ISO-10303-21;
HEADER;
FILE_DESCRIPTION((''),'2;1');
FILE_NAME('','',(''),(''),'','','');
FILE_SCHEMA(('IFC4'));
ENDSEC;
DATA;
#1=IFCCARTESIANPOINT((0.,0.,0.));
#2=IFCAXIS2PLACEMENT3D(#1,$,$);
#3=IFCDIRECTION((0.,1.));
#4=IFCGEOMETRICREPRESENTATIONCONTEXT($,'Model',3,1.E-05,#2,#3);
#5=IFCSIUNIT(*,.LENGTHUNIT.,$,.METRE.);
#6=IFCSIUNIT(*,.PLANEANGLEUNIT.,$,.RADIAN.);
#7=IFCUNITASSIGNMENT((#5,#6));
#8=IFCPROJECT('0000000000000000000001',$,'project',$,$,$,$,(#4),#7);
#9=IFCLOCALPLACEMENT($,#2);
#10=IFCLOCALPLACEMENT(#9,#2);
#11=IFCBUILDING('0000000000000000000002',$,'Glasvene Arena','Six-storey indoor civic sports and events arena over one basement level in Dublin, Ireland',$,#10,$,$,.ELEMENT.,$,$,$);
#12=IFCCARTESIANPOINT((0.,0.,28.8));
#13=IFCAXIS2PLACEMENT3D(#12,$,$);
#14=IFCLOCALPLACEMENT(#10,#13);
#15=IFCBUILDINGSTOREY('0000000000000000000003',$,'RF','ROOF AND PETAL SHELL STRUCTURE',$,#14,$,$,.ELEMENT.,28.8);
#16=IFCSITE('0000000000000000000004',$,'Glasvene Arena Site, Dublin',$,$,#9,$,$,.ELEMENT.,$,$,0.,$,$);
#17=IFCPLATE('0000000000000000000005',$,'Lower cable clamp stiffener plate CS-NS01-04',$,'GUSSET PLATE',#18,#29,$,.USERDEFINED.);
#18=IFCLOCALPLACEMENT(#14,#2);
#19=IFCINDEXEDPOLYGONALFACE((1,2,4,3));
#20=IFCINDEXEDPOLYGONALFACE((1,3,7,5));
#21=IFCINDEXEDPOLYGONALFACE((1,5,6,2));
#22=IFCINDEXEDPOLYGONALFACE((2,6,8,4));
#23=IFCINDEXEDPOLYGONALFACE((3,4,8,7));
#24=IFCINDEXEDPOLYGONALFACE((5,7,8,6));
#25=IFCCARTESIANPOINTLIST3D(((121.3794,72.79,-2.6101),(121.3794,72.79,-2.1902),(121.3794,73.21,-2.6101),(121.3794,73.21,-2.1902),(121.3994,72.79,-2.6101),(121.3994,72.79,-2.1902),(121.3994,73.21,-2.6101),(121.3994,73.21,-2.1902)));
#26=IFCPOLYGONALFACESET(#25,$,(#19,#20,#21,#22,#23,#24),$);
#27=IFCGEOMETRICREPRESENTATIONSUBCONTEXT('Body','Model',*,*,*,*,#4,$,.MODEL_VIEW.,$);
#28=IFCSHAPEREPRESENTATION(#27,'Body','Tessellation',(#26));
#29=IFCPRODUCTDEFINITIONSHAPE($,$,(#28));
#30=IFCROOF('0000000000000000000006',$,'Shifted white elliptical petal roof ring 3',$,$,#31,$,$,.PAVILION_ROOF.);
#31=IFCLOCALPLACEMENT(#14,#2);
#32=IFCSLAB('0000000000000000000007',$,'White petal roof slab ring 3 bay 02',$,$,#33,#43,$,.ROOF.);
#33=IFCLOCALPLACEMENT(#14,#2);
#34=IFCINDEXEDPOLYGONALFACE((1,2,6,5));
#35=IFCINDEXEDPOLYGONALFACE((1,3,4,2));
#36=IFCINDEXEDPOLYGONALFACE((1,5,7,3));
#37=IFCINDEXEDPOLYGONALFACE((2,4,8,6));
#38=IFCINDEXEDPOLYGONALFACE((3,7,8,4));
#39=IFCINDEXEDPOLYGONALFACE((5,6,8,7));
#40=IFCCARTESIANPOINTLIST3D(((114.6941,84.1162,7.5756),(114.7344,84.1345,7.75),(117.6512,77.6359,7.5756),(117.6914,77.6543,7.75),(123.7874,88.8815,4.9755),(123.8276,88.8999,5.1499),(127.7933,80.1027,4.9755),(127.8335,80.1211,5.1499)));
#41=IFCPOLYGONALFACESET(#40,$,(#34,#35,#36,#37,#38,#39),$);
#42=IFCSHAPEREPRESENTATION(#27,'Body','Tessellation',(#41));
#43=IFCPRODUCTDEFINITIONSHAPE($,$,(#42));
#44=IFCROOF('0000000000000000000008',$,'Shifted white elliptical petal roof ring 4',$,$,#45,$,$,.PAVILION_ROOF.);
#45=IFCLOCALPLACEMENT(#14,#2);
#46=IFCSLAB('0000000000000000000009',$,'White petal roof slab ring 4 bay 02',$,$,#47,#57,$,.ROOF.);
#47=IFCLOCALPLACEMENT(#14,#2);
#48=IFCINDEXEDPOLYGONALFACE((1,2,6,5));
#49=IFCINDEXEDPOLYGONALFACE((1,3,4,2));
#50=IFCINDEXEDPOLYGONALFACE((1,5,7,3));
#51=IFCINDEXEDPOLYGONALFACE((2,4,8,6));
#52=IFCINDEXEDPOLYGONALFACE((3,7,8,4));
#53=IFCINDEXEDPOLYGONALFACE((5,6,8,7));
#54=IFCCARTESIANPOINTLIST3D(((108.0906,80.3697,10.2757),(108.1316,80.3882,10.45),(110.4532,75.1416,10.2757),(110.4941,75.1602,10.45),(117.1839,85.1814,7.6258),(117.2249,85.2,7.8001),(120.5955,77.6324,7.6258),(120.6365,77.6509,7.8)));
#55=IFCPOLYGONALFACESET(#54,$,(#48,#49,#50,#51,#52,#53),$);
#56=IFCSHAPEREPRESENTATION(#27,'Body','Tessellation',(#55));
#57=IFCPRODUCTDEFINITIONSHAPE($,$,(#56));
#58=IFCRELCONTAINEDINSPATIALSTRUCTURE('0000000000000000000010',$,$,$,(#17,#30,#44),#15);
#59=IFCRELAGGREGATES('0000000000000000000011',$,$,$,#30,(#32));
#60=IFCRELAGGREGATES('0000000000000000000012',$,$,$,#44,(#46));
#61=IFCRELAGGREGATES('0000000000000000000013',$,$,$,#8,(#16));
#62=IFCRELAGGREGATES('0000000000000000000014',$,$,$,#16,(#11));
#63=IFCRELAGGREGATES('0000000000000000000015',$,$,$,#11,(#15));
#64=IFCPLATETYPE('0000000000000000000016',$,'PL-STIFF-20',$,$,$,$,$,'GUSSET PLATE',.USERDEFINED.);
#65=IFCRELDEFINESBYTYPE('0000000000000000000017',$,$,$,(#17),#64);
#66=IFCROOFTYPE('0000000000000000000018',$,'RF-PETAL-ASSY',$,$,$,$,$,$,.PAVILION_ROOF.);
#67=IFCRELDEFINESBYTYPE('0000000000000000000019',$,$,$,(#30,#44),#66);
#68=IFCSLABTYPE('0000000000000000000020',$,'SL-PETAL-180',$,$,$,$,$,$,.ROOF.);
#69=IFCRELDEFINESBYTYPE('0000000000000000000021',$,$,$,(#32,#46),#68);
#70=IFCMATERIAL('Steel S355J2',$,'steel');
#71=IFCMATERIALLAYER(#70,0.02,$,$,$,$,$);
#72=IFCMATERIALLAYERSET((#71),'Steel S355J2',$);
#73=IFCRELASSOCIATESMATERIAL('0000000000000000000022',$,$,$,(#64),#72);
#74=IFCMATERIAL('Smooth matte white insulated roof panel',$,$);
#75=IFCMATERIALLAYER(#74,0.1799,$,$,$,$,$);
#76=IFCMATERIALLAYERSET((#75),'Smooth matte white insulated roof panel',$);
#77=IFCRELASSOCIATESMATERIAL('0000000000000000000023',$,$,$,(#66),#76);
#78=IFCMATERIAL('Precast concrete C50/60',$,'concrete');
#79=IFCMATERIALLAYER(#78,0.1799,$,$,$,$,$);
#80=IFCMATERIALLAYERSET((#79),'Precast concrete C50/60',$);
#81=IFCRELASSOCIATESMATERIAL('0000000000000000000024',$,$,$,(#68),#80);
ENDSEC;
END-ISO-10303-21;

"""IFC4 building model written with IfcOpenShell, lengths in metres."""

from ifc_helpers import new_model, si_unit, direction, frame, origin, origin_2d, place, context, subcontext, project, spatial, polyline, rectangle, outline, extrude, material, layer, layer_set, type_object, element, aggregate, save


model = new_model("IFC4")

# Units and contexts
model_context = context("Model", 3, precision=1e-05, world=origin(), true_north=direction((0.0, 1.0)))
body_context = subcontext(model_context, "Body", "Model", "MODEL_VIEW")
ifc_project = project(units=[si_unit("LENGTHUNIT", "METRE"), si_unit("PLANEANGLEUNIT", "RADIAN")], contexts=[model_context])

# Site, building, storey
site_placement = place(None, origin())
site = spatial("IfcSite", under=ifc_project, at=site_placement, Name="Glasvene Arena Site, Dublin", CompositionType="ELEMENT", RefElevation=0.0)
building_placement = place(site_placement, origin())
building = spatial("IfcBuilding", under=site, at=building_placement, Name="Glasvene Arena", Description="Six-storey indoor civic sports and events arena over one basement level in Dublin, Ireland", CompositionType="ELEMENT")
storey_placement = place(building_placement, frame((0.0, 0.0, 28.8)))
storey = spatial("IfcBuildingStorey", under=building, at=storey_placement, Name="RF", Description="ROOF AND PETAL SHELL STRUCTURE", CompositionType="ELEMENT", Elevation=28.8)

# Shared definitions
ifc_material_1 = material(Name="Steel S355J2", Category="steel")

# Plate
ifc_layer_1 = layer(ifc_material_1, 0.02)
ifc_layer_set_1 = layer_set([ifc_layer_1], Name="Steel S355J2")
plate_type_1 = type_object("IfcPlateType", Name="PL-STIFF-20", ElementType="GUSSET PLATE", PredefinedType="USERDEFINED", material=ifc_layer_set_1)
plate_1_placement = place(storey_placement, frame((121.3894, 73.0, -2.6101), z_axis=(0.0, 0.0, 1.0), x_axis=(1.0, 0.0, 0.0)))
element("IfcPlate", 1, at=plate_1_placement, inside=storey, type_object=plate_type_1, Name="Lower cable clamp stiffener plate CS-NS01-04", ObjectType="GUSSET PLATE", PredefinedType="USERDEFINED", context=body_context, shape_type="SweptSolid", body=[
    extrude(rectangle(XDim=0.02, YDim=0.4199, at=origin_2d()), origin(), (0.0, 0.0, 1.0), 0.4199),
])

# Roofs, slabs
ifc_material_2 = material(Name="Smooth matte white insulated roof panel")
ifc_layer_2 = layer(ifc_material_2, 0.1799)
ifc_layer_set_2 = layer_set([ifc_layer_2], Name="Smooth matte white insulated roof panel")
roof_type = type_object("IfcRoofType", Name="RF-PETAL-ASSY", PredefinedType="PAVILION_ROOF", material=ifc_layer_set_2)
roof_1_placement = place(storey_placement, frame((89.1001, 70.7, 5.1499)))
roof_1 = element("IfcRoof", 2, at=roof_1_placement, inside=storey, type_object=roof_type, Name="Shifted white elliptical petal roof ring 3", PredefinedType="PAVILION_ROOF")
ifc_material_3 = material(Name="Precast concrete C50/60", Category="concrete")
ifc_layer_3 = layer(ifc_material_3, 0.1799)
ifc_layer_set_3 = layer_set([ifc_layer_3], Name="Precast concrete C50/60")
slab_type = type_object("IfcSlabType", Name="SL-PETAL-180", PredefinedType="ROOF", material=ifc_layer_set_3)
slab_1_placement = place(storey_placement, frame((127.8335, 80.1211, 5.1499), z_axis=(0.223673, 0.102065, 0.969306), x_axis=(-0.415133, 0.909761, -0.000001)))
slab_1 = element("IfcSlab", 3, at=slab_1_placement, type_object=slab_type, Name="White petal roof slab ring 3 bay 02", PredefinedType="ROOF", context=body_context, shape_type="SweptSolid", body=[
    extrude(outline(polyline([(0.0, 0.0), (9.6496, 0.0), (9.0891, 10.5756), (1.9661, 10.5755), (0.0, 0.0)])), origin(), (0.0, 0.0, -1.0), 0.1799),
])
aggregate(roof_1, [slab_1])
roof_2_placement = place(storey_placement, frame((87.6499, 69.55, 7.8)))
roof_2 = element("IfcRoof", 4, at=roof_2_placement, inside=storey, type_object=roof_type, Name="Shifted white elliptical petal roof ring 4", PredefinedType="PAVILION_ROOF")
slab_2_placement = place(storey_placement, frame((120.6365, 77.6509, 7.8), z_axis=(0.227713, 0.102907, 0.968275), x_axis=(-0.411823, 0.911264, 0.000002)))
slab_2 = element("IfcSlab", 5, at=slab_2_placement, type_object=slab_type, Name="White petal roof slab ring 4 bay 02", PredefinedType="ROOF", context=body_context, shape_type="SweptSolid", body=[
    extrude(outline(polyline([(0.0, 0.0), (8.2842, 0.0), (7.6442, 10.6044), (1.9071, 10.6045), (0.0, 0.0)])), origin(), (0.0, 0.0, -1.0), 0.1799),
])
aggregate(roof_2, [slab_2])

save(model, "model.ifc")
